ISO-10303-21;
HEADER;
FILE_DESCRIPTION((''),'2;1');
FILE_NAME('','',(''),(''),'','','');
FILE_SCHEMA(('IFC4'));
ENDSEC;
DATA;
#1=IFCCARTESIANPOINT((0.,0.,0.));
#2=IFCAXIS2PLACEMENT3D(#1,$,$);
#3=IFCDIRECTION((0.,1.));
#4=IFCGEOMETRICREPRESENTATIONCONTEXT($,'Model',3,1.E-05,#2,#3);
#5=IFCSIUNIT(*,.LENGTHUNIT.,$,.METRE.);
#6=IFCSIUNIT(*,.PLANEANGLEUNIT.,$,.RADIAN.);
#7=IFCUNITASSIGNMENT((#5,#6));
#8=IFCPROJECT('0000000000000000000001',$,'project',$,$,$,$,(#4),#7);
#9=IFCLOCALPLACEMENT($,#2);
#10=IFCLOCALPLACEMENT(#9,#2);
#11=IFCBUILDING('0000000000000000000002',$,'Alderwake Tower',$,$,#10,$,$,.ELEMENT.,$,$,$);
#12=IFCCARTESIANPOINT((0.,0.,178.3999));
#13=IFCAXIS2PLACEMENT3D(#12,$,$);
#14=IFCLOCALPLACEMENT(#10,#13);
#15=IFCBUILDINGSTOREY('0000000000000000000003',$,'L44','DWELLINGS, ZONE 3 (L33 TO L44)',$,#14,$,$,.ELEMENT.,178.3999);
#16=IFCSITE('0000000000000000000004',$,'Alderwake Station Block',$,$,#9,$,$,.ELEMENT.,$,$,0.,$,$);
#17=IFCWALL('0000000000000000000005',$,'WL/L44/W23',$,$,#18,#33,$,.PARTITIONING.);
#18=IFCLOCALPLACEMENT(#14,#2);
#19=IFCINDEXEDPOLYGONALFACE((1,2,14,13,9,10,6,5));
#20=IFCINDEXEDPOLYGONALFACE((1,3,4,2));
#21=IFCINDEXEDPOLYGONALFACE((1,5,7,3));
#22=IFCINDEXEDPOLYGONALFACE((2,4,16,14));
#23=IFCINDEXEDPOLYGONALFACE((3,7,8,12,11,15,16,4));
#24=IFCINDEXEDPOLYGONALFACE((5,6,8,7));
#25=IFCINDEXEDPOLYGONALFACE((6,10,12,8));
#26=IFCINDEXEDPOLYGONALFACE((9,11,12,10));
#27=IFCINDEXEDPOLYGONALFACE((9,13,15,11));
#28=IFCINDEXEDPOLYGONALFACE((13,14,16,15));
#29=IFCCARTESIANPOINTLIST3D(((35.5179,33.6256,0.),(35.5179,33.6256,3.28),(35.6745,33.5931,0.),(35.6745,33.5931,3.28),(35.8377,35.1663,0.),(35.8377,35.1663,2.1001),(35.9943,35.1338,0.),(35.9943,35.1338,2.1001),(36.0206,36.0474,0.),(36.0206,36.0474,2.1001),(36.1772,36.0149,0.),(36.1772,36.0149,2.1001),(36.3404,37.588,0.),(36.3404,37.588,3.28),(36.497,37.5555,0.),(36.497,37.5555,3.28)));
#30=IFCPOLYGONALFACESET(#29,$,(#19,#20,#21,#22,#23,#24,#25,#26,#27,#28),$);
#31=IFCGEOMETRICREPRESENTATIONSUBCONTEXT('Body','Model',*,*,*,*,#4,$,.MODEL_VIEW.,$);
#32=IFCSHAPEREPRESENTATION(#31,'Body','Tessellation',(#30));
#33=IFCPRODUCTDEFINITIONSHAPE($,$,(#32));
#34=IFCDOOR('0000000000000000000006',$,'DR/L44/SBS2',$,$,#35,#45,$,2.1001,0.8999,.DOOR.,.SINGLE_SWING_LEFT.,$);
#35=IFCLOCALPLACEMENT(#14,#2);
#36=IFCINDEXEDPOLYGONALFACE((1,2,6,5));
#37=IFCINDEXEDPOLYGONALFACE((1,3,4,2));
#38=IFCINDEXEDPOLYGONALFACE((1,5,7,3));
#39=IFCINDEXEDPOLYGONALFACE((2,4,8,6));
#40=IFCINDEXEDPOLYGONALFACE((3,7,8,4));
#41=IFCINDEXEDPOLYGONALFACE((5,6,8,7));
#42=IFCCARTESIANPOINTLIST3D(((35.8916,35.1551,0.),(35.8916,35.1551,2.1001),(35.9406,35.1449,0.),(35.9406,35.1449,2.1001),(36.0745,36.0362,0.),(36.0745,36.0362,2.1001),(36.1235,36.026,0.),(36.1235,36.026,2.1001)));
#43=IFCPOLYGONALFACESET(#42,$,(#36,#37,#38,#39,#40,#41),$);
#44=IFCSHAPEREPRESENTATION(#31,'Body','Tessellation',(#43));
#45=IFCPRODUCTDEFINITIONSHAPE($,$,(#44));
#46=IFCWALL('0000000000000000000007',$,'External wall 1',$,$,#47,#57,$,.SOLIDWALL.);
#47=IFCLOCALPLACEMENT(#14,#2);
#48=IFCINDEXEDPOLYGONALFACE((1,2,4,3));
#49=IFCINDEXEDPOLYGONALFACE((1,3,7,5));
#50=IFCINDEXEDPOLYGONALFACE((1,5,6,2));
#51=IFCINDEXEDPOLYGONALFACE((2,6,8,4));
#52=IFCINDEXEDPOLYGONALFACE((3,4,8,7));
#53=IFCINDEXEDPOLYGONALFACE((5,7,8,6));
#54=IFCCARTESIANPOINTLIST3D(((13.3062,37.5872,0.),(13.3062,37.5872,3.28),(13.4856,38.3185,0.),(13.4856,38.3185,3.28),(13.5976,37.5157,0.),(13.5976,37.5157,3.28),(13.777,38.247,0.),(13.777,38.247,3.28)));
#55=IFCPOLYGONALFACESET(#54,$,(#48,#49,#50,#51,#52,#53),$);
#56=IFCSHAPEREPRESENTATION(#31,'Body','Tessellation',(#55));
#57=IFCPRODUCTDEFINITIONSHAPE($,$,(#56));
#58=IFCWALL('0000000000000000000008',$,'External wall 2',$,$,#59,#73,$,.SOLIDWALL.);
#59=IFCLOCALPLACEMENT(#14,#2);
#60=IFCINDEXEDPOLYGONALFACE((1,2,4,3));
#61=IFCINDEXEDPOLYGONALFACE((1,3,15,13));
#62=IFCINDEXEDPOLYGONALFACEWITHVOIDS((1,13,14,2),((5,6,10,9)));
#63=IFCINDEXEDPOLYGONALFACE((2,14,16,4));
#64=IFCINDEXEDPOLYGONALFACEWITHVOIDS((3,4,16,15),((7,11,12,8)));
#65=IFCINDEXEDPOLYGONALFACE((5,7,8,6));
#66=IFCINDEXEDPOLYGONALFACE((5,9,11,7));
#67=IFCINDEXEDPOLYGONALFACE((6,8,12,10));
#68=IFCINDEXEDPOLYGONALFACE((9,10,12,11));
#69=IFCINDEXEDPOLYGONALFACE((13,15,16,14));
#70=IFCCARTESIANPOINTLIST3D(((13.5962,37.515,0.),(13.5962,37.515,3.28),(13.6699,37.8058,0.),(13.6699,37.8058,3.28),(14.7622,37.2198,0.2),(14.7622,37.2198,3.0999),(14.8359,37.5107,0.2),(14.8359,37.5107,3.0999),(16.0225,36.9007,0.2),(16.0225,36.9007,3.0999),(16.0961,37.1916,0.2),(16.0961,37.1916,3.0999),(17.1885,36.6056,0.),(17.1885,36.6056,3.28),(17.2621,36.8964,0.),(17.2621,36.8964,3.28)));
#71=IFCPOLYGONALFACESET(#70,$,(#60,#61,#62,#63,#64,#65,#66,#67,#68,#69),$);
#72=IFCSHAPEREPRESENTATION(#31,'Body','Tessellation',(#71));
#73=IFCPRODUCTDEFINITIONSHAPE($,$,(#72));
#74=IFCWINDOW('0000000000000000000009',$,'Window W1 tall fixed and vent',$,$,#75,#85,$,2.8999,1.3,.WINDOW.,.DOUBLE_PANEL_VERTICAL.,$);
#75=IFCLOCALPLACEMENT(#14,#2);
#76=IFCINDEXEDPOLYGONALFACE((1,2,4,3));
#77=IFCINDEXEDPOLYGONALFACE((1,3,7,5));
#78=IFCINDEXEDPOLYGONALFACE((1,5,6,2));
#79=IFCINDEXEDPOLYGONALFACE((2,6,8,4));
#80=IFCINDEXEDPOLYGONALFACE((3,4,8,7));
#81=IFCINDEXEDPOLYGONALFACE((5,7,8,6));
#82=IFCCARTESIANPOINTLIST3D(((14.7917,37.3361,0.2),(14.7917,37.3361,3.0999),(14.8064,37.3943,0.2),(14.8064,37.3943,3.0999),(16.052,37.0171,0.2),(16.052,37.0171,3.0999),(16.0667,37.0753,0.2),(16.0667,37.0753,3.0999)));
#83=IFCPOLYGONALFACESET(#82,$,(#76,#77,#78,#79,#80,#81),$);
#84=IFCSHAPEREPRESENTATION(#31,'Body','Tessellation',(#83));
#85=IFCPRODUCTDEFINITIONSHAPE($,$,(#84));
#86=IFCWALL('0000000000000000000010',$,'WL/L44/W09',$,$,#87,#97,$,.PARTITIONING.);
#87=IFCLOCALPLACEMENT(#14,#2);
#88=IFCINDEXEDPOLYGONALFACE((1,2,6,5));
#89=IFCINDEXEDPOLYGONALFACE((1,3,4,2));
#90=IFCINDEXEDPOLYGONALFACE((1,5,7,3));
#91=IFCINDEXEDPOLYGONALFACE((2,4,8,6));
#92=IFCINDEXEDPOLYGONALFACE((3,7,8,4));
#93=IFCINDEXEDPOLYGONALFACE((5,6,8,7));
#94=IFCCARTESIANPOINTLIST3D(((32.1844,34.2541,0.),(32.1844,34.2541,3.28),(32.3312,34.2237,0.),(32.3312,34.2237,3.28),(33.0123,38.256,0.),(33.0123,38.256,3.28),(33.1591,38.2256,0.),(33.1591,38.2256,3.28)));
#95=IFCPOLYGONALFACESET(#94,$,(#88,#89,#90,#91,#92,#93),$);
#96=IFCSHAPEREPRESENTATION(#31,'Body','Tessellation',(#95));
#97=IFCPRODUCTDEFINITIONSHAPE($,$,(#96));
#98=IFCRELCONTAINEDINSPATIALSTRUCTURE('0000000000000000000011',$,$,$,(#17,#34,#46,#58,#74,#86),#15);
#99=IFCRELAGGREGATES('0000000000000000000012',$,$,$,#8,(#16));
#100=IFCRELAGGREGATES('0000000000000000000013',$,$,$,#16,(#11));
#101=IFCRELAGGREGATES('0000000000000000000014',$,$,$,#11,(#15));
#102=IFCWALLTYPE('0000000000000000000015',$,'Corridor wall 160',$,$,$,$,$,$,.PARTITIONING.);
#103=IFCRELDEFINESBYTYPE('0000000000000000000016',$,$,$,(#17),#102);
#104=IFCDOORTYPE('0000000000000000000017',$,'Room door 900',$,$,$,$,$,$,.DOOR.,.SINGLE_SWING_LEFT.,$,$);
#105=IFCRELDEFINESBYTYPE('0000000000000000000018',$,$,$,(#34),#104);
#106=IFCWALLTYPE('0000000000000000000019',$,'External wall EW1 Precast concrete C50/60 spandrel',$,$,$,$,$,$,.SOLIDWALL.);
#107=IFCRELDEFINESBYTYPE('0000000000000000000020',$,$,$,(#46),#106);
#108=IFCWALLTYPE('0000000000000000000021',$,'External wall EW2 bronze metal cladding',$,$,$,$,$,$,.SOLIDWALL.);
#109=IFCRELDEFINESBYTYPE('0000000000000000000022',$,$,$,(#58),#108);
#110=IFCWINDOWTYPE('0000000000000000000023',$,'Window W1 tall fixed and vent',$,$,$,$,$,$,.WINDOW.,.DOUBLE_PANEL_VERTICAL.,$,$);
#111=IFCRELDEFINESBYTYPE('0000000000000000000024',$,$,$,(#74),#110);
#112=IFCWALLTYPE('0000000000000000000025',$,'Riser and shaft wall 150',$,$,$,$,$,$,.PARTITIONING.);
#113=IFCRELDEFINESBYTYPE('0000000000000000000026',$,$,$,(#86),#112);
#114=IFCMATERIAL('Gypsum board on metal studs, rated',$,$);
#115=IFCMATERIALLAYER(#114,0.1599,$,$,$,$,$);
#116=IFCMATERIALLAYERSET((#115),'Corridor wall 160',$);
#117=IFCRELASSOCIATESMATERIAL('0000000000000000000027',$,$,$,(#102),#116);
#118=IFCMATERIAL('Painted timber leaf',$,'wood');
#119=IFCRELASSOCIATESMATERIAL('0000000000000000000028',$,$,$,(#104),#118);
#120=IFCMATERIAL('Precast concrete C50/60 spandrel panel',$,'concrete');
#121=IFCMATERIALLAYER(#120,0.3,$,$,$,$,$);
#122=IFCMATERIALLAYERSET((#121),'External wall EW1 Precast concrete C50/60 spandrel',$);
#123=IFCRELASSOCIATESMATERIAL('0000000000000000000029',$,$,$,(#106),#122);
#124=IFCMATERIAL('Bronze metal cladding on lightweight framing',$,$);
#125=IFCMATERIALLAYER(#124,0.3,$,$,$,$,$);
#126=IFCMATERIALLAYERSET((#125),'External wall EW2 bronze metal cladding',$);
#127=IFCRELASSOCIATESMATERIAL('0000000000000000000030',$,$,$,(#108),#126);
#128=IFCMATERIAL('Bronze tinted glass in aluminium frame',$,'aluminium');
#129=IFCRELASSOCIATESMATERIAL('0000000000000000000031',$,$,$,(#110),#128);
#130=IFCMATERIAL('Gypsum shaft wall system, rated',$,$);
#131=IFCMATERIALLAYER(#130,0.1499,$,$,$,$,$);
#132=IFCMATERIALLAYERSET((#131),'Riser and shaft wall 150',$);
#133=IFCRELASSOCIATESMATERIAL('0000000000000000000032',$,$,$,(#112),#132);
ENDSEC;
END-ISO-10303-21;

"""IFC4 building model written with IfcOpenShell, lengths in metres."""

from ifc_helpers import new_model, si_unit, direction, frame, frame_2d, origin, place, context, subcontext, project, spatial, rectangle, extrude, material, layer, layer_set, type_object, element, fill, save


model = new_model("IFC4")

# Units and contexts
model_context = context("Model", 3, precision=1e-05, world=origin(), true_north=direction((0.0, 1.0)))
body_context = subcontext(model_context, "Body", "Model", "MODEL_VIEW")
ifc_project = project(units=[si_unit("LENGTHUNIT", "METRE"), si_unit("PLANEANGLEUNIT", "RADIAN")], contexts=[model_context])

# Site, building, storey
site_placement = place(None, origin())
site = spatial("IfcSite", under=ifc_project, at=site_placement, Name="Alderwake Station Block", CompositionType="ELEMENT", RefElevation=0.0)
building_placement = place(site_placement, origin())
building = spatial("IfcBuilding", under=site, at=building_placement, Name="Alderwake Tower", CompositionType="ELEMENT")
storey_placement = place(building_placement, frame((0.0, 0.0, 178.3999)))
storey = spatial("IfcBuildingStorey", under=building, at=storey_placement, Name="L44", Description="DWELLINGS, ZONE 3 (L33 TO L44)", CompositionType="ELEMENT", Elevation=178.3999)

# Shared definitions
ifc_material_1 = material(Name="Gypsum board on metal studs, rated")
ifc_layer_1 = layer(ifc_material_1, 0.1599)
ifc_layer_set_1 = layer_set([ifc_layer_1], Name="Corridor wall 160")
wall_type_1 = type_object("IfcWallType", Name="Corridor wall 160", PredefinedType="PARTITIONING", material=ifc_layer_set_1)
ifc_material_2 = material(Name="Painted timber leaf", Category="wood")
door_type_1 = type_object("IfcDoorType", Name="Room door 900", OperationType="SINGLE_SWING_LEFT", PredefinedType="DOOR", material=ifc_material_2)

# Wall, opening, door
wall_1_placement = place(storey_placement, frame((35.5962, 33.6094, 0.0), z_axis=(0.0, 0.0, 1.0), x_axis=(0.203246, 0.979128, 0.0)))
wall_1 = element("IfcWall", 1, at=wall_1_placement, inside=storey, type_object=wall_type_1, Name="WL/L44/W23", PredefinedType="PARTITIONING", context=body_context, shape_type="SweptSolid", body=[
    extrude(rectangle(XDim=4.0469, YDim=0.1599, at=frame_2d((2.0234, 0.0))), origin(), (0.0, 0.0, 1.0), 3.28),
])
opening_1_placement = place(wall_1_placement, frame((1.5735, 0.0, 0.0)))
opening_1 = element("IfcOpeningElement", 2, at=opening_1_placement, cuts=wall_1, PredefinedType="OPENING", context=body_context, shape_type="SweptSolid", body=[
    extrude(rectangle(XDim=0.8999, YDim=2.1001, at=frame_2d((0.45, 1.05))), frame((0.0, 0.0898, 0.0), z_axis=(0.0, -1.0, 0.0), x_axis=(1.0, 0.0, 0.0)), (0.0, 0.0, 1.0), 0.1799),
])
door_1_placement = place(opening_1_placement, origin())
door_1 = element("IfcDoor", 3, at=door_1_placement, inside=storey, type_object=door_type_1, Name="DR/L44/SBS2", OperationType="SINGLE_SWING_LEFT", OverallHeight=2.1001, OverallWidth=0.8999, PredefinedType="DOOR", context=body_context, shape_type="SweptSolid", body=[
    extrude(rectangle(XDim=0.8999, YDim=2.1001, at=frame_2d((0.45, 1.05))), frame((0.0, 0.0249, 0.0), z_axis=(0.0, -1.0, 0.0), x_axis=(1.0, 0.0, 0.0)), (0.0, 0.0, 1.0), 0.05),
])
fill(opening_1, door_1)

# Wall
ifc_material_3 = material(Name="Precast concrete C50/60 spandrel panel", Category="concrete")
ifc_layer_2 = layer(ifc_material_3, 0.3)
ifc_layer_set_2 = layer_set([ifc_layer_2], Name="External wall EW1 Precast concrete C50/60 spandrel")
wall_type_2 = type_object("IfcWallType", Name="External wall EW1 Precast concrete C50/60 spandrel", PredefinedType="SOLIDWALL", material=ifc_layer_set_2)
wall_2_placement = place(storey_placement, frame((13.6313, 38.2827, 0.0), z_axis=(0.0, 0.0, 1.0), x_axis=(-0.238337, -0.971183, 0.0)))
element("IfcWall", 4, at=wall_2_placement, inside=storey, type_object=wall_type_2, Name="External wall 1", PredefinedType="SOLIDWALL", context=body_context, shape_type="SweptSolid", body=[
    extrude(rectangle(XDim=0.7529, YDim=0.3, at=frame_2d((0.3765, 0.0))), origin(), (0.0, 0.0, 1.0), 3.28),
])

# Wall, opening, window
ifc_material_4 = material(Name="Bronze metal cladding on lightweight framing")
ifc_layer_3 = layer(ifc_material_4, 0.3)
ifc_layer_set_3 = layer_set([ifc_layer_3], Name="External wall EW2 bronze metal cladding")
wall_type_3 = type_object("IfcWallType", Name="External wall EW2 bronze metal cladding", PredefinedType="SOLIDWALL", material=ifc_layer_set_3)
wall_3_placement = place(storey_placement, frame((13.6331, 37.6604, 0.0), z_axis=(0.0, 0.0, 1.0), x_axis=(0.969417, -0.245418, 0.0)))
wall_3 = element("IfcWall", 5, at=wall_3_placement, inside=storey, type_object=wall_type_3, Name="External wall 2", PredefinedType="SOLIDWALL", context=body_context, shape_type="SweptSolid", body=[
    extrude(rectangle(XDim=3.7056, YDim=0.3, at=frame_2d((1.8528, 0.0))), origin(), (0.0, 0.0, 1.0), 3.28),
])
opening_2_placement = place(wall_3_placement, frame((1.2029, 0.0, 0.2)))
opening_2 = element("IfcOpeningElement", 6, at=opening_2_placement, cuts=wall_3, PredefinedType="OPENING", context=body_context, shape_type="SweptSolid", body=[
    extrude(rectangle(XDim=1.3, YDim=2.8999, at=frame_2d((0.6499, 1.45))), frame((0.0, 0.1599, 0.0), z_axis=(0.0, -1.0, 0.0), x_axis=(1.0, 0.0, 0.0)), (0.0, 0.0, 1.0), 0.3201),
])
ifc_material_5 = material(Name="Bronze tinted glass in aluminium frame", Category="aluminium")
window_type = type_object("IfcWindowType", Name="Window W1 tall fixed and vent", PartitioningType="DOUBLE_PANEL_VERTICAL", PredefinedType="WINDOW", material=ifc_material_5)
window_1_placement = place(opening_2_placement, origin())
window_1 = element("IfcWindow", 7, at=window_1_placement, inside=storey, type_object=window_type, Name="Window W1 tall fixed and vent", OverallHeight=2.8999, OverallWidth=1.3, PartitioningType="DOUBLE_PANEL_VERTICAL", PredefinedType="WINDOW", context=body_context, shape_type="SweptSolid", body=[
    extrude(rectangle(XDim=1.3, YDim=2.8999, at=frame_2d((0.6499, 1.45))), frame((0.0, 0.03, 0.0), z_axis=(0.0, -1.0, 0.0), x_axis=(1.0, 0.0, 0.0)), (0.0, 0.0, 1.0), 0.0601),
])
fill(opening_2, window_1)

# Wall
ifc_material_6 = material(Name="Gypsum shaft wall system, rated")
ifc_layer_4 = layer(ifc_material_6, 0.1499)
ifc_layer_set_4 = layer_set([ifc_layer_4], Name="Riser and shaft wall 150")
wall_type_4 = type_object("IfcWallType", Name="Riser and shaft wall 150", PredefinedType="PARTITIONING", material=ifc_layer_set_4)
wall_4_placement = place(storey_placement, frame((32.2578, 34.2388, 0.0), z_axis=(0.0, 0.0, 1.0), x_axis=(0.20258, 0.979266, 0.0)))
element("IfcWall", 8, at=wall_4_placement, inside=storey, type_object=wall_type_4, Name="WL/L44/W09", PredefinedType="PARTITIONING", context=body_context, shape_type="SweptSolid", body=[
    extrude(rectangle(XDim=4.0867, YDim=0.1499, at=frame_2d((2.0435, 0.0))), origin(), (0.0, 0.0, 1.0), 3.28),
])

save(model, "model.ifc")
